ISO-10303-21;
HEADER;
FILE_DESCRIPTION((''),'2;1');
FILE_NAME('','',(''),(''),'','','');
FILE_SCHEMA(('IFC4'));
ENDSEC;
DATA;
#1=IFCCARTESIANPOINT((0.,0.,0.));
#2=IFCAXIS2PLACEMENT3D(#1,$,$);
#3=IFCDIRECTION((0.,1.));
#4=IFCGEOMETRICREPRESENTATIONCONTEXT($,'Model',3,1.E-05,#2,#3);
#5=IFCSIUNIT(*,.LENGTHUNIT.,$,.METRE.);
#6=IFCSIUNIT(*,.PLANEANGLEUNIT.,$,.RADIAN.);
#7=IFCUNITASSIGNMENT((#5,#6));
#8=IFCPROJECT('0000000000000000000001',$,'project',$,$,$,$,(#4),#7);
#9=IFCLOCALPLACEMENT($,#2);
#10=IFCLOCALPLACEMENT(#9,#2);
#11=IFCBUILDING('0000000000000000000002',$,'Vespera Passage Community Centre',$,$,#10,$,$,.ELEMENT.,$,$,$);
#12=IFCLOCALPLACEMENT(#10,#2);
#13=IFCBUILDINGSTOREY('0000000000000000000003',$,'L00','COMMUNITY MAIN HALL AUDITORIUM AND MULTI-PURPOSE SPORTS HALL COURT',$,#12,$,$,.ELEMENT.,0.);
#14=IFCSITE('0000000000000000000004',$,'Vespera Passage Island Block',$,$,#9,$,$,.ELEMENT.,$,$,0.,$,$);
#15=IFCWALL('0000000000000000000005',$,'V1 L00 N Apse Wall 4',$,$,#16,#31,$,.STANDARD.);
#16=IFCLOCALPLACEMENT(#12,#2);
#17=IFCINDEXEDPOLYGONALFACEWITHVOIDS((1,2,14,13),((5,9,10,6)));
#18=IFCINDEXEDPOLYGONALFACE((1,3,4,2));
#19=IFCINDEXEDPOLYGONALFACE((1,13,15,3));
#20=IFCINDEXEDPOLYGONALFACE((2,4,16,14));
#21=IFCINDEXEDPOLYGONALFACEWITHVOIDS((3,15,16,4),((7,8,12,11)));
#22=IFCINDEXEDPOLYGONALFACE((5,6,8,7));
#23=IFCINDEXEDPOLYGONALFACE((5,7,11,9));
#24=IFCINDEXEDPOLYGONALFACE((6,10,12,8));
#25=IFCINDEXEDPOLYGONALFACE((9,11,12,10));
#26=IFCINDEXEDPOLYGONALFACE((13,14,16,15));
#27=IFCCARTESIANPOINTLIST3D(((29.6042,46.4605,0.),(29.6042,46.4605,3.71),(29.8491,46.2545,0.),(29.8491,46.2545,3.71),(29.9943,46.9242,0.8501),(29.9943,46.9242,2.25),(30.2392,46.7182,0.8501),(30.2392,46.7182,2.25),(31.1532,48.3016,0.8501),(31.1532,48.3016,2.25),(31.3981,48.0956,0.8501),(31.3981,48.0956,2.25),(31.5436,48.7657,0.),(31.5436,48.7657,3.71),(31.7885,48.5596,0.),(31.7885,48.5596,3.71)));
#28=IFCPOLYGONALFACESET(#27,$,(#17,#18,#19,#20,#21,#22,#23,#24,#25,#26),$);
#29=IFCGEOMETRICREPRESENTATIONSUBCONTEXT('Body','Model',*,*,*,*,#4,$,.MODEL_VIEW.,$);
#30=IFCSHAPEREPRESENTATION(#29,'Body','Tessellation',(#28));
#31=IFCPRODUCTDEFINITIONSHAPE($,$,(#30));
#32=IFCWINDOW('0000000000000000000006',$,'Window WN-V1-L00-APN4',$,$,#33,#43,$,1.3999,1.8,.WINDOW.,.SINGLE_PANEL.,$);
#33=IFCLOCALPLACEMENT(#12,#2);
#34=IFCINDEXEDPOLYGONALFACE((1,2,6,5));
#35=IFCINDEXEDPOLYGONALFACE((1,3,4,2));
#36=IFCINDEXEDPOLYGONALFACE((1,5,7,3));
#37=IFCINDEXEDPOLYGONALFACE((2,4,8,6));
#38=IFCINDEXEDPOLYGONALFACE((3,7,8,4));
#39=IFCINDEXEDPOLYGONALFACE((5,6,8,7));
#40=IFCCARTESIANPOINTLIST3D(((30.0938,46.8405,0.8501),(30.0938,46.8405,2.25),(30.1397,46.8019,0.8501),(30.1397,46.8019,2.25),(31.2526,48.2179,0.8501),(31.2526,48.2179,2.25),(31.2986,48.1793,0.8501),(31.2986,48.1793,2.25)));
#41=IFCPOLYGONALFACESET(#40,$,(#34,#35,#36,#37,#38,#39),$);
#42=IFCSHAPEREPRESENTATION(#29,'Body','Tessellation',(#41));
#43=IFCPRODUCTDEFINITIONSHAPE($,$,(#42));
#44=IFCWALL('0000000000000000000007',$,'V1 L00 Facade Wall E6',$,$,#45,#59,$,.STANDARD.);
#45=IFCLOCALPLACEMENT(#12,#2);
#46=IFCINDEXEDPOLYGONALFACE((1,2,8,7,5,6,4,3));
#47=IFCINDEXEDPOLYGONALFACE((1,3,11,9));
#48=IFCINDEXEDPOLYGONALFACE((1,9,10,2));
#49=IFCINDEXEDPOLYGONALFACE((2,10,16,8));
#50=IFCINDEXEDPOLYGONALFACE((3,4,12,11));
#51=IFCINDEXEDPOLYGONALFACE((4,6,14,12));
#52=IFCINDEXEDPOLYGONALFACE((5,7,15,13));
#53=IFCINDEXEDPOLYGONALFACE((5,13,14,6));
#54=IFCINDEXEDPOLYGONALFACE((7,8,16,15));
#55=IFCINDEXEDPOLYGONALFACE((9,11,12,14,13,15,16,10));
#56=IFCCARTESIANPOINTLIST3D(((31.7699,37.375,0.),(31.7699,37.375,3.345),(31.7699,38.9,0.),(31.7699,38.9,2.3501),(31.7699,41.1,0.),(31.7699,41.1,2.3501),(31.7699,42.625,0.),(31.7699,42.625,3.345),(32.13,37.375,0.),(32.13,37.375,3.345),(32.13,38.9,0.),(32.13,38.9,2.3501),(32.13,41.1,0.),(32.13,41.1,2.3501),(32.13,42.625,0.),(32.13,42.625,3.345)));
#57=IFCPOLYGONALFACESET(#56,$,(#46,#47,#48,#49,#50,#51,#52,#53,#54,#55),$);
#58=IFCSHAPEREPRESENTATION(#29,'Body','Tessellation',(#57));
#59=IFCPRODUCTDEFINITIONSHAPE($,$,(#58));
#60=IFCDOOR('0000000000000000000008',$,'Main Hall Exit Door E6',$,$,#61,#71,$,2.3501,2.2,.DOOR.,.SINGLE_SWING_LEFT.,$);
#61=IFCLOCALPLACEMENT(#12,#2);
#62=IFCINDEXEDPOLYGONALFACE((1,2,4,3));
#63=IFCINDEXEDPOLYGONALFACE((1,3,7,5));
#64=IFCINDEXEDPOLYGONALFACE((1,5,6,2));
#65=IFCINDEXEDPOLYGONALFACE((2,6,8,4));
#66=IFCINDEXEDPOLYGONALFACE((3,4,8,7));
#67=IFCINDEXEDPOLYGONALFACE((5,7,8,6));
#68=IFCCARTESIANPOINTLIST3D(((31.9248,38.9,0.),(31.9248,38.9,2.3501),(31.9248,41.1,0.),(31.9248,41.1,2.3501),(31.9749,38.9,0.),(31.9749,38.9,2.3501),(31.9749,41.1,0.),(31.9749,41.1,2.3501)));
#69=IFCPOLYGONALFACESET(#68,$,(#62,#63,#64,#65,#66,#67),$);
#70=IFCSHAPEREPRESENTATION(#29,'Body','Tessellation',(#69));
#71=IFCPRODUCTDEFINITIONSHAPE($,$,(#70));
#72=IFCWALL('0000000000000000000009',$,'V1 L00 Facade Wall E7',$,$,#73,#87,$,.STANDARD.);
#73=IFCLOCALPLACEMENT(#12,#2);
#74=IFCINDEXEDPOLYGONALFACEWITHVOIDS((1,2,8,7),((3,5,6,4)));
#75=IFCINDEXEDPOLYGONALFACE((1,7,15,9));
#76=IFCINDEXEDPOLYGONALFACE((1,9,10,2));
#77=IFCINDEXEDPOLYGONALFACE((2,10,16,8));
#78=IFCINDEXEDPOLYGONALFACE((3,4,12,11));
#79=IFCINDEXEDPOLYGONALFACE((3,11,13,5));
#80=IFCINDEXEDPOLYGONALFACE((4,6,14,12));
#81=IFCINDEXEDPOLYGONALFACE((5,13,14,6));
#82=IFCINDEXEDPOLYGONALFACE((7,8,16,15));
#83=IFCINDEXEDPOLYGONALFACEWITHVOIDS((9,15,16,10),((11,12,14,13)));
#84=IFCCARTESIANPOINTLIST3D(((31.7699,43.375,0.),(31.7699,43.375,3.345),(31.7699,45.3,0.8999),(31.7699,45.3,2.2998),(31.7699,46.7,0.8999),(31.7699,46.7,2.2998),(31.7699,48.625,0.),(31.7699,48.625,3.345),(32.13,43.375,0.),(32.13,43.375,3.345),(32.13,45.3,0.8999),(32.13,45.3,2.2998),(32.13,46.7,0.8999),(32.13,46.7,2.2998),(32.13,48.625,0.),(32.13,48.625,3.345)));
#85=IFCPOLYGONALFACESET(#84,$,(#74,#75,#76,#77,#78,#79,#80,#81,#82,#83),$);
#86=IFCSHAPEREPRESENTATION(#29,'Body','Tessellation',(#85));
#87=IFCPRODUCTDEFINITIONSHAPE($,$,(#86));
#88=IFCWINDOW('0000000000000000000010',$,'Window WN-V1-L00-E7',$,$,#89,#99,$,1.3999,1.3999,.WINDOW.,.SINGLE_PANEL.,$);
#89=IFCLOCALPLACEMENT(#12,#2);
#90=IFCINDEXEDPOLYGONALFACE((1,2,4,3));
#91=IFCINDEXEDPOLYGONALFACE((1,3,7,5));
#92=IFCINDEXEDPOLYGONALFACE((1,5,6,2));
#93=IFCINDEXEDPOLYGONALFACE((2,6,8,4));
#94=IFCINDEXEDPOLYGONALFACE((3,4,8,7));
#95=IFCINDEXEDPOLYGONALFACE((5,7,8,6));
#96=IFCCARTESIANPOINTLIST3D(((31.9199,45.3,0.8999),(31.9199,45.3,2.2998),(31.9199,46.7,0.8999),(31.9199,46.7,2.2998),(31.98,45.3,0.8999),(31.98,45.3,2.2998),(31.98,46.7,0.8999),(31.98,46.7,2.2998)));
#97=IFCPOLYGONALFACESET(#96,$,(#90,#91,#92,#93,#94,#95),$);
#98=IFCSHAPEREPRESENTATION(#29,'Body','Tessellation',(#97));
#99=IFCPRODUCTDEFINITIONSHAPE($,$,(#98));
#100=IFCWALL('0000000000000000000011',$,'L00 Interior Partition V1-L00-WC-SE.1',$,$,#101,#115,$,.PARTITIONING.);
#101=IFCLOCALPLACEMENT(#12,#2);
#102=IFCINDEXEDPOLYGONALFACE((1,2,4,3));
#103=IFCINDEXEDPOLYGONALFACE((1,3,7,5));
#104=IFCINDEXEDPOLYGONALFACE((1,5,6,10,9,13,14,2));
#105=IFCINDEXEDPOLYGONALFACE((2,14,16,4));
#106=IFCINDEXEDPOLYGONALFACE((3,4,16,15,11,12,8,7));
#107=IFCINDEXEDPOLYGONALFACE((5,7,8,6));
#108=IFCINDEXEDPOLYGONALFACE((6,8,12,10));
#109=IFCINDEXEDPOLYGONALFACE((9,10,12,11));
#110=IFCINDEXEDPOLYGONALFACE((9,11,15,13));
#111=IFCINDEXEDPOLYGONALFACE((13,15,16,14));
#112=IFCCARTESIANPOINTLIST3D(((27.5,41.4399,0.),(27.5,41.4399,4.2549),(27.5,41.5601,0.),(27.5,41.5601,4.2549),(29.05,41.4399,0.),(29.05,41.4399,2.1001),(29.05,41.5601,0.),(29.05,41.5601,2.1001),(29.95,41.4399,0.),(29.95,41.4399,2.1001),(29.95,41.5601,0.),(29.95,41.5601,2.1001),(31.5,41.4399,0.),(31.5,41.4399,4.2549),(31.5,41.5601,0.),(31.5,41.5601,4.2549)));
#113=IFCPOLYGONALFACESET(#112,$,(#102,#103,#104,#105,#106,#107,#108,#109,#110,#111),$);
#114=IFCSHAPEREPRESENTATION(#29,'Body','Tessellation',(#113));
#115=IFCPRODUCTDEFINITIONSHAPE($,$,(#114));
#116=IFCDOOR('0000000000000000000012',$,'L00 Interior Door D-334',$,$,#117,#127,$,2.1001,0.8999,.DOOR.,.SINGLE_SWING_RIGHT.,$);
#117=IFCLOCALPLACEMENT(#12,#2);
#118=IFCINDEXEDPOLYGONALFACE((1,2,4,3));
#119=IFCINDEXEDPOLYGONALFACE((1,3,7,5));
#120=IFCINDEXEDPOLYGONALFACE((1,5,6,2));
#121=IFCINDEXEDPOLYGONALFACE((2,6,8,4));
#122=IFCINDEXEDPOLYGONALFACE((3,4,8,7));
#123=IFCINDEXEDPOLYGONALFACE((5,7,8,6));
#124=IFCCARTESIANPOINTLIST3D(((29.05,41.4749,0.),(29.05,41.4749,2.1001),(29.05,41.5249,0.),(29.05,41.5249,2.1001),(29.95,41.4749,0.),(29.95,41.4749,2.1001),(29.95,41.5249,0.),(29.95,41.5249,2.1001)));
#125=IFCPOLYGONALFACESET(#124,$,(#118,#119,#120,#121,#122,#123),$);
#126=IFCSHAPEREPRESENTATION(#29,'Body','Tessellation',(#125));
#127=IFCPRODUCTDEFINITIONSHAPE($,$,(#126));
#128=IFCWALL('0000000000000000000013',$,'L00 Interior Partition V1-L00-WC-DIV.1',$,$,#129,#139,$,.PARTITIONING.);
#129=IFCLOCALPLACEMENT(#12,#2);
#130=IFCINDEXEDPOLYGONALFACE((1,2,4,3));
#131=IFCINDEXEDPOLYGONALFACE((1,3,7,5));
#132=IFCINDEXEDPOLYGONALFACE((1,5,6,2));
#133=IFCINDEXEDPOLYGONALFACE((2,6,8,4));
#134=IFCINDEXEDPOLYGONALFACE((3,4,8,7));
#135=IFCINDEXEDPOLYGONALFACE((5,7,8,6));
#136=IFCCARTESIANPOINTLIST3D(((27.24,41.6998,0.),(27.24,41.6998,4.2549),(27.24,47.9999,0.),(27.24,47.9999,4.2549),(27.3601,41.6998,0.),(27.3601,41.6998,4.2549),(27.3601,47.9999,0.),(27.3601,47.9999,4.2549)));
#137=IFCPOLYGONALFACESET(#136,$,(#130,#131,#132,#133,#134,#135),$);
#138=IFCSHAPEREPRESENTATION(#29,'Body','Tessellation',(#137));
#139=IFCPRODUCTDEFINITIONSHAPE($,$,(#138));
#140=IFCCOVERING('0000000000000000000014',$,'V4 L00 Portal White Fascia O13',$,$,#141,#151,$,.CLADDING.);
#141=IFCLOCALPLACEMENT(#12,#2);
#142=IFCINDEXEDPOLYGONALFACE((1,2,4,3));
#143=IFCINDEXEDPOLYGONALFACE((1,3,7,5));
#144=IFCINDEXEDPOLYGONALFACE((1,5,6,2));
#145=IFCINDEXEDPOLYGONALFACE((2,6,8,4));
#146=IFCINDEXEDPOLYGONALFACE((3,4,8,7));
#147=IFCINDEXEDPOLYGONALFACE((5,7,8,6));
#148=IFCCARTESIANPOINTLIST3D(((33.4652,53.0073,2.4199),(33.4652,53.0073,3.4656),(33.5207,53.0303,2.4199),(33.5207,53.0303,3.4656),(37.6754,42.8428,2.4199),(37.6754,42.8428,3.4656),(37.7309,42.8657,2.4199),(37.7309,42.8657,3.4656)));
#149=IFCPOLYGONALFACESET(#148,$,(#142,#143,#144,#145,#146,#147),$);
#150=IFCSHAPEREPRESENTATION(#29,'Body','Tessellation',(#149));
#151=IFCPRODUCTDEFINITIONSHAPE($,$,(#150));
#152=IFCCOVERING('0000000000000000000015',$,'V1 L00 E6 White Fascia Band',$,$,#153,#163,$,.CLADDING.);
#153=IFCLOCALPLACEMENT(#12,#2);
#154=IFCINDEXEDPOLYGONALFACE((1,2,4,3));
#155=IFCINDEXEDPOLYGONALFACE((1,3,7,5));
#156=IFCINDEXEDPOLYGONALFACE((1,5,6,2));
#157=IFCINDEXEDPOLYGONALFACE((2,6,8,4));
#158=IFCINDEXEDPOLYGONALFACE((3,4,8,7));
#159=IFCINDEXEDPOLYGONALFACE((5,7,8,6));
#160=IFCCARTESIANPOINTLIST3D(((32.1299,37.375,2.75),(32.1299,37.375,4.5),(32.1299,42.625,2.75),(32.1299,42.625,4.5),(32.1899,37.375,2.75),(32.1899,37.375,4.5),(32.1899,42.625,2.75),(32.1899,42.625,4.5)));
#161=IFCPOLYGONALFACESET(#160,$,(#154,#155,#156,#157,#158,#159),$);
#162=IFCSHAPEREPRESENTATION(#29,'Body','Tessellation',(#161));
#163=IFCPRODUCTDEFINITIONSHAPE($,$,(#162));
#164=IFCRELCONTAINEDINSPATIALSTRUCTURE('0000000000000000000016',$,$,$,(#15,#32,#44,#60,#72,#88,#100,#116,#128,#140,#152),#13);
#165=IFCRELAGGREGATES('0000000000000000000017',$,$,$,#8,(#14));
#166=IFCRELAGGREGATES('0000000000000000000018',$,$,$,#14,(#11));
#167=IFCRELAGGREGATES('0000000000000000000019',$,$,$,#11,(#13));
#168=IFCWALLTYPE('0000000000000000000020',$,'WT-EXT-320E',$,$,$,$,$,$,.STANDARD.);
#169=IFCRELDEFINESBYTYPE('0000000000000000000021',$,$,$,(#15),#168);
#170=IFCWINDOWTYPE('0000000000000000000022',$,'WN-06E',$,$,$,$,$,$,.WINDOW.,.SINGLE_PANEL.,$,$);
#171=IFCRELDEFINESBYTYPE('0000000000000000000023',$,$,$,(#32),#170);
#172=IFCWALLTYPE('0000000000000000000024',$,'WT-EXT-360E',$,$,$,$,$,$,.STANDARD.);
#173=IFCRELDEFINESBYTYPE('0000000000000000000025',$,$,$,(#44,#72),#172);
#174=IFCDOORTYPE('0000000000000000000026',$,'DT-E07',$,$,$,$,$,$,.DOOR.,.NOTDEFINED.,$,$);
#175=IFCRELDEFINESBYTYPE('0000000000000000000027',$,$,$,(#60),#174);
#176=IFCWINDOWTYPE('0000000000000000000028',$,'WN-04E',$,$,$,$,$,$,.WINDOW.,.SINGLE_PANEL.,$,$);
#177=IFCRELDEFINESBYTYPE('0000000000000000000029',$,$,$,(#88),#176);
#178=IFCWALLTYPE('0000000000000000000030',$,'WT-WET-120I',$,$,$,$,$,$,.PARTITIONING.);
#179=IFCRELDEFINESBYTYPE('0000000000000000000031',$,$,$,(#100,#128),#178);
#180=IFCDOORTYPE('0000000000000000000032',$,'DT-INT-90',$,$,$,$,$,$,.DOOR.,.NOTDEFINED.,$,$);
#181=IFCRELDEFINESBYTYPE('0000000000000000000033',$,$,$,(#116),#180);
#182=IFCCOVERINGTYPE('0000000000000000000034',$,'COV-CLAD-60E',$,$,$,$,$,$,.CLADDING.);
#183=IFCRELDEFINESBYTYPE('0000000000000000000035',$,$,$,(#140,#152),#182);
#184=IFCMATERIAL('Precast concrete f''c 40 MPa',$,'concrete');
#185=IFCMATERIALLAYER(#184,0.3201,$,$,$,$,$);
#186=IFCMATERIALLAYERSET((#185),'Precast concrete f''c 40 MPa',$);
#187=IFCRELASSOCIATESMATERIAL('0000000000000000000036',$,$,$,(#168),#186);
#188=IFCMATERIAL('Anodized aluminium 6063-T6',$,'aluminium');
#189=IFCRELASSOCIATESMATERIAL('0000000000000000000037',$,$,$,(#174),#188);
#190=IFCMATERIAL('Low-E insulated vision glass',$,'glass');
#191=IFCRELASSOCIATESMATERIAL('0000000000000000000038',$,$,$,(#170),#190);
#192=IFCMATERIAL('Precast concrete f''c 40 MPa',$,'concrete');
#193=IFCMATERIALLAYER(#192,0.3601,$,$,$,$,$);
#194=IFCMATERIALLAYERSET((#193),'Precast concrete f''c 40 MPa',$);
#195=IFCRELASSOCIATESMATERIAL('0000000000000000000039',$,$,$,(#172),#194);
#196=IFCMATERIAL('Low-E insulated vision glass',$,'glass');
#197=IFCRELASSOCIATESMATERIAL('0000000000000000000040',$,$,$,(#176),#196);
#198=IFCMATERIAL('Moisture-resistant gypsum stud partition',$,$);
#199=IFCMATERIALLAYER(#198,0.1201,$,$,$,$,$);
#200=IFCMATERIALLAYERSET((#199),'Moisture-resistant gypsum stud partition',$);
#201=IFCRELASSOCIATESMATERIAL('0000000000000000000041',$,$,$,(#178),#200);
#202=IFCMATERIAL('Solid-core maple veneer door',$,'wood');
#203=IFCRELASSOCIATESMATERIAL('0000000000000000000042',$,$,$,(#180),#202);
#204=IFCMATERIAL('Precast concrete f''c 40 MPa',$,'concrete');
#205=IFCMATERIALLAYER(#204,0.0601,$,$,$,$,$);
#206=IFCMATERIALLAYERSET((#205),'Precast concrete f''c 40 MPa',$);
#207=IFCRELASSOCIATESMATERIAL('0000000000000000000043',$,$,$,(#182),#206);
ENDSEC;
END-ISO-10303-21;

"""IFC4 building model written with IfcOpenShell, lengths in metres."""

from ifc_helpers import new_model, si_unit, direction, frame, frame_2d, origin, place, context, subcontext, project, spatial, rectangle, extrude, material, layer, layer_set, type_object, element, fill, save


model = new_model("IFC4")

# Units and contexts
model_context = context("Model", 3, precision=1e-05, world=origin(), true_north=direction((0.0, 1.0)))
body_context = subcontext(model_context, "Body", "Model", "MODEL_VIEW")
ifc_project = project(units=[si_unit("LENGTHUNIT", "METRE"), si_unit("PLANEANGLEUNIT", "RADIAN")], contexts=[model_context])

# Site, building, storey
site_placement = place(None, origin())
site = spatial("IfcSite", under=ifc_project, at=site_placement, Name="Vespera Passage Island Block", CompositionType="ELEMENT", RefElevation=0.0)
building_placement = place(site_placement, origin())
building = spatial("IfcBuilding", under=site, at=building_placement, Name="Vespera Passage Community Centre", CompositionType="ELEMENT")
storey_placement = place(building_placement, origin())
storey = spatial("IfcBuildingStorey", under=building, at=storey_placement, Name="L00", Description="COMMUNITY MAIN HALL AUDITORIUM AND MULTI-PURPOSE SPORTS HALL COURT", CompositionType="ELEMENT", Elevation=0.0)

# Shared definitions
ifc_material_1 = material(Name="Precast concrete f'c 40 MPa", Category="concrete")
ifc_layer_1 = layer(ifc_material_1, 0.3201)
ifc_layer_set_1 = layer_set([ifc_layer_1], Name="Precast concrete f'c 40 MPa")
wall_type_1 = type_object("IfcWallType", Name="WT-EXT-320E", PredefinedType="STANDARD", material=ifc_layer_set_1)
ifc_material_2 = material(Name="Anodized aluminium 6063-T6", Category="aluminium")
door_type_1 = type_object("IfcDoorType", Name="DT-E07", OperationType="NOTDEFINED", PredefinedType="DOOR", material=ifc_material_2)

# Wall, opening, window
wall_1_placement = place(storey_placement, frame((29.7266, 46.3574, 0.0), z_axis=(0.0, 0.0, 1.0), x_axis=(0.643796, 0.765197, 0.0)))
wall_1 = element("IfcWall", 1, at=wall_1_placement, inside=storey, type_object=wall_type_1, Name="V1 L00 N Apse Wall 4", PredefinedType="STANDARD", context=body_context, shape_type="SweptSolid", body=[
    extrude(rectangle(XDim=3.0125, YDim=0.3201, at=frame_2d((1.5063, 0.0))), origin(), (0.0, 0.0, 1.0), 3.71),
])
opening_1_placement = place(wall_1_placement, frame((0.6062, 0.0, 0.8501)))
opening_1 = element("IfcOpeningElement", 2, at=opening_1_placement, cuts=wall_1, PredefinedType="OPENING", context=body_context, shape_type="SweptSolid", body=[
    extrude(rectangle(XDim=1.8, YDim=1.3999, at=frame_2d((0.8999, 0.7))), frame((0.0, 0.1702, 0.0), z_axis=(0.0, -1.0, 0.0), x_axis=(1.0, 0.0, 0.0)), (0.0, 0.0, 1.0), 0.3401),
])
ifc_material_3 = material(Name="Low-E insulated vision glass", Category="glass")
window_type_1 = type_object("IfcWindowType", Name="WN-06E", PartitioningType="SINGLE_PANEL", PredefinedType="WINDOW", material=ifc_material_3)
window_1_placement = place(opening_1_placement, origin())
window_1 = element("IfcWindow", 3, at=window_1_placement, inside=storey, type_object=window_type_1, Name="Window WN-V1-L00-APN4", OverallHeight=1.3999, OverallWidth=1.8, PartitioningType="SINGLE_PANEL", PredefinedType="WINDOW", context=body_context, shape_type="SweptSolid", body=[
    extrude(rectangle(XDim=1.8, YDim=1.3999, at=frame_2d((0.8999, 0.7))), frame((0.0, 0.03, 0.0), z_axis=(0.0, -1.0, 0.0), x_axis=(1.0, 0.0, 0.0)), (0.0, 0.0, 1.0), 0.0601),
])
fill(opening_1, window_1)

# Wall, opening, door
ifc_material_4 = material(Name="Precast concrete f'c 40 MPa", Category="concrete")
ifc_layer_2 = layer(ifc_material_4, 0.3601)
ifc_layer_set_2 = layer_set([ifc_layer_2], Name="Precast concrete f'c 40 MPa")
wall_type_2 = type_object("IfcWallType", Name="WT-EXT-360E", PredefinedType="STANDARD", material=ifc_layer_set_2)
wall_2_placement = place(storey_placement, frame((31.95, 42.625, 0.0), z_axis=(0.0, 0.0, 1.0), x_axis=(0.0, -1.0, 0.0)))
wall_2 = element("IfcWall", 4, at=wall_2_placement, inside=storey, type_object=wall_type_2, Name="V1 L00 Facade Wall E6", PredefinedType="STANDARD", context=body_context, shape_type="SweptSolid", body=[
    extrude(rectangle(XDim=5.25, YDim=0.3601, at=frame_2d((2.625, 0.0))), origin(), (0.0, 0.0, 1.0), 3.345),
])
opening_2_placement = place(wall_2_placement, frame((1.5249, 0.0, 0.0)))
opening_2 = element("IfcOpeningElement", 5, at=opening_2_placement, cuts=wall_2, PredefinedType="OPENING", context=body_context, shape_type="SweptSolid", body=[
    extrude(rectangle(XDim=2.2, YDim=2.3501, at=frame_2d((1.1001, 1.175))), frame((0.0, 0.1902, 0.0), z_axis=(0.0, -1.0, 0.0), x_axis=(1.0, 0.0, 0.0)), (0.0, 0.0, 1.0), 0.3801),
])
door_1_placement = place(opening_2_placement, origin())
door_1 = element("IfcDoor", 6, at=door_1_placement, inside=storey, type_object=door_type_1, Name="Main Hall Exit Door E6", OperationType="SINGLE_SWING_LEFT", OverallHeight=2.3501, OverallWidth=2.2, PredefinedType="DOOR", context=body_context, shape_type="SweptSolid", body=[
    extrude(rectangle(XDim=2.2, YDim=2.3501, at=frame_2d((1.1001, 1.175))), frame((0.0, 0.0249, 0.0), z_axis=(0.0, -1.0, 0.0), x_axis=(1.0, 0.0, 0.0)), (0.0, 0.0, 1.0), 0.05),
])
fill(opening_2, door_1)

# Wall, opening, window
wall_3_placement = place(storey_placement, frame((31.95, 48.625, 0.0), z_axis=(0.0, 0.0, 1.0), x_axis=(0.0, -1.0, 0.0)))
wall_3 = element("IfcWall", 7, at=wall_3_placement, inside=storey, type_object=wall_type_2, Name="V1 L00 Facade Wall E7", PredefinedType="STANDARD", context=body_context, shape_type="SweptSolid", body=[
    extrude(rectangle(XDim=5.25, YDim=0.3601, at=frame_2d((2.625, 0.0))), origin(), (0.0, 0.0, 1.0), 3.345),
])
opening_3_placement = place(wall_3_placement, frame((1.925, 0.0, 0.8999)))
opening_3 = element("IfcOpeningElement", 8, at=opening_3_placement, cuts=wall_3, PredefinedType="OPENING", context=body_context, shape_type="SweptSolid", body=[
    extrude(rectangle(XDim=1.3999, YDim=1.3999, at=frame_2d((0.7, 0.7))), frame((0.0, 0.1902, 0.0), z_axis=(0.0, -1.0, 0.0), x_axis=(1.0, 0.0, 0.0)), (0.0, 0.0, 1.0), 0.3801),
])
ifc_material_5 = material(Name="Low-E insulated vision glass", Category="glass")
window_type_2 = type_object("IfcWindowType", Name="WN-04E", PartitioningType="SINGLE_PANEL", PredefinedType="WINDOW", material=ifc_material_5)
window_2_placement = place(opening_3_placement, origin())
window_2 = element("IfcWindow", 9, at=window_2_placement, inside=storey, type_object=window_type_2, Name="Window WN-V1-L00-E7", OverallHeight=1.3999, OverallWidth=1.3999, PartitioningType="SINGLE_PANEL", PredefinedType="WINDOW", context=body_context, shape_type="SweptSolid", body=[
    extrude(rectangle(XDim=1.3999, YDim=1.3999, at=frame_2d((0.7, 0.7))), frame((0.0, 0.03, 0.0), z_axis=(0.0, -1.0, 0.0), x_axis=(1.0, 0.0, 0.0)), (0.0, 0.0, 1.0), 0.0601),
])
fill(opening_3, window_2)

# Wall, opening, door
ifc_material_6 = material(Name="Moisture-resistant gypsum stud partition")
ifc_layer_3 = layer(ifc_material_6, 0.1201)
ifc_layer_set_3 = layer_set([ifc_layer_3], Name="Moisture-resistant gypsum stud partition")
wall_type_3 = type_object("IfcWallType", Name="WT-WET-120I", PredefinedType="PARTITIONING", material=ifc_layer_set_3)
wall_4_placement = place(storey_placement, frame((27.5, 41.5, 0.0), z_axis=(0.0, 0.0, 1.0), x_axis=(1.0, 0.0, 0.0)))
wall_4 = element("IfcWall", 10, at=wall_4_placement, inside=storey, type_object=wall_type_3, Name="L00 Interior Partition V1-L00-WC-SE.1", PredefinedType="PARTITIONING", context=body_context, shape_type="SweptSolid", body=[
    extrude(rectangle(XDim=4.0, YDim=0.1201, at=frame_2d((2.0, 0.0))), origin(), (0.0, 0.0, 1.0), 4.2549),
])
opening_4_placement = place(wall_4_placement, frame((1.55, 0.0, 0.0)))
opening_4 = element("IfcOpeningElement", 11, at=opening_4_placement, cuts=wall_4, PredefinedType="OPENING", context=body_context, shape_type="SweptSolid", body=[
    extrude(rectangle(XDim=0.8999, YDim=2.1001, at=frame_2d((0.45, 1.05))), frame((0.0, 0.0701, 0.0), z_axis=(0.0, -1.0, 0.0), x_axis=(1.0, 0.0, 0.0)), (0.0, 0.0, 1.0), 0.1401),
])
ifc_material_7 = material(Name="Solid-core maple veneer door", Category="wood")
door_type_2 = type_object("IfcDoorType", Name="DT-INT-90", OperationType="NOTDEFINED", PredefinedType="DOOR", material=ifc_material_7)
door_2_placement = place(opening_4_placement, origin())
door_2 = element("IfcDoor", 12, at=door_2_placement, inside=storey, type_object=door_type_2, Name="L00 Interior Door D-334", OperationType="SINGLE_SWING_RIGHT", OverallHeight=2.1001, OverallWidth=0.8999, PredefinedType="DOOR", context=body_context, shape_type="SweptSolid", body=[
    extrude(rectangle(XDim=0.8999, YDim=2.1001, at=frame_2d((0.45, 1.05))), frame((0.0, 0.0249, 0.0), z_axis=(0.0, -1.0, 0.0), x_axis=(1.0, 0.0, 0.0)), (0.0, 0.0, 1.0), 0.05),
])
fill(opening_4, door_2)

# Wall
wall_5_placement = place(storey_placement, frame((27.3, 41.7, 0.0), z_axis=(0.0, 0.0, 1.0), x_axis=(0.0, 1.0, 0.0)))
element("IfcWall", 13, at=wall_5_placement, inside=storey, type_object=wall_type_3, Name="L00 Interior Partition V1-L00-WC-DIV.1", PredefinedType="PARTITIONING", context=body_context, shape_type="SweptSolid", body=[
    extrude(rectangle(XDim=6.3, YDim=0.1201, at=frame_2d((3.1499, 0.0))), origin(), (0.0, 0.0, 1.0), 4.2549),
])

# Coverings
ifc_material_8 = material(Name="Precast concrete f'c 40 MPa", Category="concrete")
ifc_layer_4 = layer(ifc_material_8, 0.0601)
ifc_layer_set_4 = layer_set([ifc_layer_4], Name="Precast concrete f'c 40 MPa")
covering_type = type_object("IfcCoveringType", Name="COV-CLAD-60E", PredefinedType="CLADDING", material=ifc_layer_set_4)
covering_1_placement = place(storey_placement, frame((37.7031, 42.8542, 2.4199), z_axis=(0.0, 0.0, 1.0), x_axis=(-0.382676, 0.923882, 0.0)))
element("IfcCovering", 14, at=covering_1_placement, inside=storey, type_object=covering_type, Name="V4 L00 Portal White Fascia O13", PredefinedType="CLADDING", context=body_context, shape_type="SweptSolid", body=[
    extrude(rectangle(XDim=11.002, YDim=0.0601, at=frame_2d((5.501, 0.0))), origin(), (0.0, 0.0, 1.0), 1.0457),
])
covering_2_placement = place(storey_placement, frame((32.1599, 42.625, 2.75), z_axis=(0.0, 0.0, 1.0), x_axis=(0.0, -1.0, 0.0)))
element("IfcCovering", 15, at=covering_2_placement, inside=storey, type_object=covering_type, Name="V1 L00 E6 White Fascia Band", PredefinedType="CLADDING", context=body_context, shape_type="SweptSolid", body=[
    extrude(rectangle(XDim=5.25, YDim=0.0601, at=frame_2d((2.625, 0.0))), origin(), (0.0, 0.0, 1.0), 1.75),
])

save(model, "model.ifc")
